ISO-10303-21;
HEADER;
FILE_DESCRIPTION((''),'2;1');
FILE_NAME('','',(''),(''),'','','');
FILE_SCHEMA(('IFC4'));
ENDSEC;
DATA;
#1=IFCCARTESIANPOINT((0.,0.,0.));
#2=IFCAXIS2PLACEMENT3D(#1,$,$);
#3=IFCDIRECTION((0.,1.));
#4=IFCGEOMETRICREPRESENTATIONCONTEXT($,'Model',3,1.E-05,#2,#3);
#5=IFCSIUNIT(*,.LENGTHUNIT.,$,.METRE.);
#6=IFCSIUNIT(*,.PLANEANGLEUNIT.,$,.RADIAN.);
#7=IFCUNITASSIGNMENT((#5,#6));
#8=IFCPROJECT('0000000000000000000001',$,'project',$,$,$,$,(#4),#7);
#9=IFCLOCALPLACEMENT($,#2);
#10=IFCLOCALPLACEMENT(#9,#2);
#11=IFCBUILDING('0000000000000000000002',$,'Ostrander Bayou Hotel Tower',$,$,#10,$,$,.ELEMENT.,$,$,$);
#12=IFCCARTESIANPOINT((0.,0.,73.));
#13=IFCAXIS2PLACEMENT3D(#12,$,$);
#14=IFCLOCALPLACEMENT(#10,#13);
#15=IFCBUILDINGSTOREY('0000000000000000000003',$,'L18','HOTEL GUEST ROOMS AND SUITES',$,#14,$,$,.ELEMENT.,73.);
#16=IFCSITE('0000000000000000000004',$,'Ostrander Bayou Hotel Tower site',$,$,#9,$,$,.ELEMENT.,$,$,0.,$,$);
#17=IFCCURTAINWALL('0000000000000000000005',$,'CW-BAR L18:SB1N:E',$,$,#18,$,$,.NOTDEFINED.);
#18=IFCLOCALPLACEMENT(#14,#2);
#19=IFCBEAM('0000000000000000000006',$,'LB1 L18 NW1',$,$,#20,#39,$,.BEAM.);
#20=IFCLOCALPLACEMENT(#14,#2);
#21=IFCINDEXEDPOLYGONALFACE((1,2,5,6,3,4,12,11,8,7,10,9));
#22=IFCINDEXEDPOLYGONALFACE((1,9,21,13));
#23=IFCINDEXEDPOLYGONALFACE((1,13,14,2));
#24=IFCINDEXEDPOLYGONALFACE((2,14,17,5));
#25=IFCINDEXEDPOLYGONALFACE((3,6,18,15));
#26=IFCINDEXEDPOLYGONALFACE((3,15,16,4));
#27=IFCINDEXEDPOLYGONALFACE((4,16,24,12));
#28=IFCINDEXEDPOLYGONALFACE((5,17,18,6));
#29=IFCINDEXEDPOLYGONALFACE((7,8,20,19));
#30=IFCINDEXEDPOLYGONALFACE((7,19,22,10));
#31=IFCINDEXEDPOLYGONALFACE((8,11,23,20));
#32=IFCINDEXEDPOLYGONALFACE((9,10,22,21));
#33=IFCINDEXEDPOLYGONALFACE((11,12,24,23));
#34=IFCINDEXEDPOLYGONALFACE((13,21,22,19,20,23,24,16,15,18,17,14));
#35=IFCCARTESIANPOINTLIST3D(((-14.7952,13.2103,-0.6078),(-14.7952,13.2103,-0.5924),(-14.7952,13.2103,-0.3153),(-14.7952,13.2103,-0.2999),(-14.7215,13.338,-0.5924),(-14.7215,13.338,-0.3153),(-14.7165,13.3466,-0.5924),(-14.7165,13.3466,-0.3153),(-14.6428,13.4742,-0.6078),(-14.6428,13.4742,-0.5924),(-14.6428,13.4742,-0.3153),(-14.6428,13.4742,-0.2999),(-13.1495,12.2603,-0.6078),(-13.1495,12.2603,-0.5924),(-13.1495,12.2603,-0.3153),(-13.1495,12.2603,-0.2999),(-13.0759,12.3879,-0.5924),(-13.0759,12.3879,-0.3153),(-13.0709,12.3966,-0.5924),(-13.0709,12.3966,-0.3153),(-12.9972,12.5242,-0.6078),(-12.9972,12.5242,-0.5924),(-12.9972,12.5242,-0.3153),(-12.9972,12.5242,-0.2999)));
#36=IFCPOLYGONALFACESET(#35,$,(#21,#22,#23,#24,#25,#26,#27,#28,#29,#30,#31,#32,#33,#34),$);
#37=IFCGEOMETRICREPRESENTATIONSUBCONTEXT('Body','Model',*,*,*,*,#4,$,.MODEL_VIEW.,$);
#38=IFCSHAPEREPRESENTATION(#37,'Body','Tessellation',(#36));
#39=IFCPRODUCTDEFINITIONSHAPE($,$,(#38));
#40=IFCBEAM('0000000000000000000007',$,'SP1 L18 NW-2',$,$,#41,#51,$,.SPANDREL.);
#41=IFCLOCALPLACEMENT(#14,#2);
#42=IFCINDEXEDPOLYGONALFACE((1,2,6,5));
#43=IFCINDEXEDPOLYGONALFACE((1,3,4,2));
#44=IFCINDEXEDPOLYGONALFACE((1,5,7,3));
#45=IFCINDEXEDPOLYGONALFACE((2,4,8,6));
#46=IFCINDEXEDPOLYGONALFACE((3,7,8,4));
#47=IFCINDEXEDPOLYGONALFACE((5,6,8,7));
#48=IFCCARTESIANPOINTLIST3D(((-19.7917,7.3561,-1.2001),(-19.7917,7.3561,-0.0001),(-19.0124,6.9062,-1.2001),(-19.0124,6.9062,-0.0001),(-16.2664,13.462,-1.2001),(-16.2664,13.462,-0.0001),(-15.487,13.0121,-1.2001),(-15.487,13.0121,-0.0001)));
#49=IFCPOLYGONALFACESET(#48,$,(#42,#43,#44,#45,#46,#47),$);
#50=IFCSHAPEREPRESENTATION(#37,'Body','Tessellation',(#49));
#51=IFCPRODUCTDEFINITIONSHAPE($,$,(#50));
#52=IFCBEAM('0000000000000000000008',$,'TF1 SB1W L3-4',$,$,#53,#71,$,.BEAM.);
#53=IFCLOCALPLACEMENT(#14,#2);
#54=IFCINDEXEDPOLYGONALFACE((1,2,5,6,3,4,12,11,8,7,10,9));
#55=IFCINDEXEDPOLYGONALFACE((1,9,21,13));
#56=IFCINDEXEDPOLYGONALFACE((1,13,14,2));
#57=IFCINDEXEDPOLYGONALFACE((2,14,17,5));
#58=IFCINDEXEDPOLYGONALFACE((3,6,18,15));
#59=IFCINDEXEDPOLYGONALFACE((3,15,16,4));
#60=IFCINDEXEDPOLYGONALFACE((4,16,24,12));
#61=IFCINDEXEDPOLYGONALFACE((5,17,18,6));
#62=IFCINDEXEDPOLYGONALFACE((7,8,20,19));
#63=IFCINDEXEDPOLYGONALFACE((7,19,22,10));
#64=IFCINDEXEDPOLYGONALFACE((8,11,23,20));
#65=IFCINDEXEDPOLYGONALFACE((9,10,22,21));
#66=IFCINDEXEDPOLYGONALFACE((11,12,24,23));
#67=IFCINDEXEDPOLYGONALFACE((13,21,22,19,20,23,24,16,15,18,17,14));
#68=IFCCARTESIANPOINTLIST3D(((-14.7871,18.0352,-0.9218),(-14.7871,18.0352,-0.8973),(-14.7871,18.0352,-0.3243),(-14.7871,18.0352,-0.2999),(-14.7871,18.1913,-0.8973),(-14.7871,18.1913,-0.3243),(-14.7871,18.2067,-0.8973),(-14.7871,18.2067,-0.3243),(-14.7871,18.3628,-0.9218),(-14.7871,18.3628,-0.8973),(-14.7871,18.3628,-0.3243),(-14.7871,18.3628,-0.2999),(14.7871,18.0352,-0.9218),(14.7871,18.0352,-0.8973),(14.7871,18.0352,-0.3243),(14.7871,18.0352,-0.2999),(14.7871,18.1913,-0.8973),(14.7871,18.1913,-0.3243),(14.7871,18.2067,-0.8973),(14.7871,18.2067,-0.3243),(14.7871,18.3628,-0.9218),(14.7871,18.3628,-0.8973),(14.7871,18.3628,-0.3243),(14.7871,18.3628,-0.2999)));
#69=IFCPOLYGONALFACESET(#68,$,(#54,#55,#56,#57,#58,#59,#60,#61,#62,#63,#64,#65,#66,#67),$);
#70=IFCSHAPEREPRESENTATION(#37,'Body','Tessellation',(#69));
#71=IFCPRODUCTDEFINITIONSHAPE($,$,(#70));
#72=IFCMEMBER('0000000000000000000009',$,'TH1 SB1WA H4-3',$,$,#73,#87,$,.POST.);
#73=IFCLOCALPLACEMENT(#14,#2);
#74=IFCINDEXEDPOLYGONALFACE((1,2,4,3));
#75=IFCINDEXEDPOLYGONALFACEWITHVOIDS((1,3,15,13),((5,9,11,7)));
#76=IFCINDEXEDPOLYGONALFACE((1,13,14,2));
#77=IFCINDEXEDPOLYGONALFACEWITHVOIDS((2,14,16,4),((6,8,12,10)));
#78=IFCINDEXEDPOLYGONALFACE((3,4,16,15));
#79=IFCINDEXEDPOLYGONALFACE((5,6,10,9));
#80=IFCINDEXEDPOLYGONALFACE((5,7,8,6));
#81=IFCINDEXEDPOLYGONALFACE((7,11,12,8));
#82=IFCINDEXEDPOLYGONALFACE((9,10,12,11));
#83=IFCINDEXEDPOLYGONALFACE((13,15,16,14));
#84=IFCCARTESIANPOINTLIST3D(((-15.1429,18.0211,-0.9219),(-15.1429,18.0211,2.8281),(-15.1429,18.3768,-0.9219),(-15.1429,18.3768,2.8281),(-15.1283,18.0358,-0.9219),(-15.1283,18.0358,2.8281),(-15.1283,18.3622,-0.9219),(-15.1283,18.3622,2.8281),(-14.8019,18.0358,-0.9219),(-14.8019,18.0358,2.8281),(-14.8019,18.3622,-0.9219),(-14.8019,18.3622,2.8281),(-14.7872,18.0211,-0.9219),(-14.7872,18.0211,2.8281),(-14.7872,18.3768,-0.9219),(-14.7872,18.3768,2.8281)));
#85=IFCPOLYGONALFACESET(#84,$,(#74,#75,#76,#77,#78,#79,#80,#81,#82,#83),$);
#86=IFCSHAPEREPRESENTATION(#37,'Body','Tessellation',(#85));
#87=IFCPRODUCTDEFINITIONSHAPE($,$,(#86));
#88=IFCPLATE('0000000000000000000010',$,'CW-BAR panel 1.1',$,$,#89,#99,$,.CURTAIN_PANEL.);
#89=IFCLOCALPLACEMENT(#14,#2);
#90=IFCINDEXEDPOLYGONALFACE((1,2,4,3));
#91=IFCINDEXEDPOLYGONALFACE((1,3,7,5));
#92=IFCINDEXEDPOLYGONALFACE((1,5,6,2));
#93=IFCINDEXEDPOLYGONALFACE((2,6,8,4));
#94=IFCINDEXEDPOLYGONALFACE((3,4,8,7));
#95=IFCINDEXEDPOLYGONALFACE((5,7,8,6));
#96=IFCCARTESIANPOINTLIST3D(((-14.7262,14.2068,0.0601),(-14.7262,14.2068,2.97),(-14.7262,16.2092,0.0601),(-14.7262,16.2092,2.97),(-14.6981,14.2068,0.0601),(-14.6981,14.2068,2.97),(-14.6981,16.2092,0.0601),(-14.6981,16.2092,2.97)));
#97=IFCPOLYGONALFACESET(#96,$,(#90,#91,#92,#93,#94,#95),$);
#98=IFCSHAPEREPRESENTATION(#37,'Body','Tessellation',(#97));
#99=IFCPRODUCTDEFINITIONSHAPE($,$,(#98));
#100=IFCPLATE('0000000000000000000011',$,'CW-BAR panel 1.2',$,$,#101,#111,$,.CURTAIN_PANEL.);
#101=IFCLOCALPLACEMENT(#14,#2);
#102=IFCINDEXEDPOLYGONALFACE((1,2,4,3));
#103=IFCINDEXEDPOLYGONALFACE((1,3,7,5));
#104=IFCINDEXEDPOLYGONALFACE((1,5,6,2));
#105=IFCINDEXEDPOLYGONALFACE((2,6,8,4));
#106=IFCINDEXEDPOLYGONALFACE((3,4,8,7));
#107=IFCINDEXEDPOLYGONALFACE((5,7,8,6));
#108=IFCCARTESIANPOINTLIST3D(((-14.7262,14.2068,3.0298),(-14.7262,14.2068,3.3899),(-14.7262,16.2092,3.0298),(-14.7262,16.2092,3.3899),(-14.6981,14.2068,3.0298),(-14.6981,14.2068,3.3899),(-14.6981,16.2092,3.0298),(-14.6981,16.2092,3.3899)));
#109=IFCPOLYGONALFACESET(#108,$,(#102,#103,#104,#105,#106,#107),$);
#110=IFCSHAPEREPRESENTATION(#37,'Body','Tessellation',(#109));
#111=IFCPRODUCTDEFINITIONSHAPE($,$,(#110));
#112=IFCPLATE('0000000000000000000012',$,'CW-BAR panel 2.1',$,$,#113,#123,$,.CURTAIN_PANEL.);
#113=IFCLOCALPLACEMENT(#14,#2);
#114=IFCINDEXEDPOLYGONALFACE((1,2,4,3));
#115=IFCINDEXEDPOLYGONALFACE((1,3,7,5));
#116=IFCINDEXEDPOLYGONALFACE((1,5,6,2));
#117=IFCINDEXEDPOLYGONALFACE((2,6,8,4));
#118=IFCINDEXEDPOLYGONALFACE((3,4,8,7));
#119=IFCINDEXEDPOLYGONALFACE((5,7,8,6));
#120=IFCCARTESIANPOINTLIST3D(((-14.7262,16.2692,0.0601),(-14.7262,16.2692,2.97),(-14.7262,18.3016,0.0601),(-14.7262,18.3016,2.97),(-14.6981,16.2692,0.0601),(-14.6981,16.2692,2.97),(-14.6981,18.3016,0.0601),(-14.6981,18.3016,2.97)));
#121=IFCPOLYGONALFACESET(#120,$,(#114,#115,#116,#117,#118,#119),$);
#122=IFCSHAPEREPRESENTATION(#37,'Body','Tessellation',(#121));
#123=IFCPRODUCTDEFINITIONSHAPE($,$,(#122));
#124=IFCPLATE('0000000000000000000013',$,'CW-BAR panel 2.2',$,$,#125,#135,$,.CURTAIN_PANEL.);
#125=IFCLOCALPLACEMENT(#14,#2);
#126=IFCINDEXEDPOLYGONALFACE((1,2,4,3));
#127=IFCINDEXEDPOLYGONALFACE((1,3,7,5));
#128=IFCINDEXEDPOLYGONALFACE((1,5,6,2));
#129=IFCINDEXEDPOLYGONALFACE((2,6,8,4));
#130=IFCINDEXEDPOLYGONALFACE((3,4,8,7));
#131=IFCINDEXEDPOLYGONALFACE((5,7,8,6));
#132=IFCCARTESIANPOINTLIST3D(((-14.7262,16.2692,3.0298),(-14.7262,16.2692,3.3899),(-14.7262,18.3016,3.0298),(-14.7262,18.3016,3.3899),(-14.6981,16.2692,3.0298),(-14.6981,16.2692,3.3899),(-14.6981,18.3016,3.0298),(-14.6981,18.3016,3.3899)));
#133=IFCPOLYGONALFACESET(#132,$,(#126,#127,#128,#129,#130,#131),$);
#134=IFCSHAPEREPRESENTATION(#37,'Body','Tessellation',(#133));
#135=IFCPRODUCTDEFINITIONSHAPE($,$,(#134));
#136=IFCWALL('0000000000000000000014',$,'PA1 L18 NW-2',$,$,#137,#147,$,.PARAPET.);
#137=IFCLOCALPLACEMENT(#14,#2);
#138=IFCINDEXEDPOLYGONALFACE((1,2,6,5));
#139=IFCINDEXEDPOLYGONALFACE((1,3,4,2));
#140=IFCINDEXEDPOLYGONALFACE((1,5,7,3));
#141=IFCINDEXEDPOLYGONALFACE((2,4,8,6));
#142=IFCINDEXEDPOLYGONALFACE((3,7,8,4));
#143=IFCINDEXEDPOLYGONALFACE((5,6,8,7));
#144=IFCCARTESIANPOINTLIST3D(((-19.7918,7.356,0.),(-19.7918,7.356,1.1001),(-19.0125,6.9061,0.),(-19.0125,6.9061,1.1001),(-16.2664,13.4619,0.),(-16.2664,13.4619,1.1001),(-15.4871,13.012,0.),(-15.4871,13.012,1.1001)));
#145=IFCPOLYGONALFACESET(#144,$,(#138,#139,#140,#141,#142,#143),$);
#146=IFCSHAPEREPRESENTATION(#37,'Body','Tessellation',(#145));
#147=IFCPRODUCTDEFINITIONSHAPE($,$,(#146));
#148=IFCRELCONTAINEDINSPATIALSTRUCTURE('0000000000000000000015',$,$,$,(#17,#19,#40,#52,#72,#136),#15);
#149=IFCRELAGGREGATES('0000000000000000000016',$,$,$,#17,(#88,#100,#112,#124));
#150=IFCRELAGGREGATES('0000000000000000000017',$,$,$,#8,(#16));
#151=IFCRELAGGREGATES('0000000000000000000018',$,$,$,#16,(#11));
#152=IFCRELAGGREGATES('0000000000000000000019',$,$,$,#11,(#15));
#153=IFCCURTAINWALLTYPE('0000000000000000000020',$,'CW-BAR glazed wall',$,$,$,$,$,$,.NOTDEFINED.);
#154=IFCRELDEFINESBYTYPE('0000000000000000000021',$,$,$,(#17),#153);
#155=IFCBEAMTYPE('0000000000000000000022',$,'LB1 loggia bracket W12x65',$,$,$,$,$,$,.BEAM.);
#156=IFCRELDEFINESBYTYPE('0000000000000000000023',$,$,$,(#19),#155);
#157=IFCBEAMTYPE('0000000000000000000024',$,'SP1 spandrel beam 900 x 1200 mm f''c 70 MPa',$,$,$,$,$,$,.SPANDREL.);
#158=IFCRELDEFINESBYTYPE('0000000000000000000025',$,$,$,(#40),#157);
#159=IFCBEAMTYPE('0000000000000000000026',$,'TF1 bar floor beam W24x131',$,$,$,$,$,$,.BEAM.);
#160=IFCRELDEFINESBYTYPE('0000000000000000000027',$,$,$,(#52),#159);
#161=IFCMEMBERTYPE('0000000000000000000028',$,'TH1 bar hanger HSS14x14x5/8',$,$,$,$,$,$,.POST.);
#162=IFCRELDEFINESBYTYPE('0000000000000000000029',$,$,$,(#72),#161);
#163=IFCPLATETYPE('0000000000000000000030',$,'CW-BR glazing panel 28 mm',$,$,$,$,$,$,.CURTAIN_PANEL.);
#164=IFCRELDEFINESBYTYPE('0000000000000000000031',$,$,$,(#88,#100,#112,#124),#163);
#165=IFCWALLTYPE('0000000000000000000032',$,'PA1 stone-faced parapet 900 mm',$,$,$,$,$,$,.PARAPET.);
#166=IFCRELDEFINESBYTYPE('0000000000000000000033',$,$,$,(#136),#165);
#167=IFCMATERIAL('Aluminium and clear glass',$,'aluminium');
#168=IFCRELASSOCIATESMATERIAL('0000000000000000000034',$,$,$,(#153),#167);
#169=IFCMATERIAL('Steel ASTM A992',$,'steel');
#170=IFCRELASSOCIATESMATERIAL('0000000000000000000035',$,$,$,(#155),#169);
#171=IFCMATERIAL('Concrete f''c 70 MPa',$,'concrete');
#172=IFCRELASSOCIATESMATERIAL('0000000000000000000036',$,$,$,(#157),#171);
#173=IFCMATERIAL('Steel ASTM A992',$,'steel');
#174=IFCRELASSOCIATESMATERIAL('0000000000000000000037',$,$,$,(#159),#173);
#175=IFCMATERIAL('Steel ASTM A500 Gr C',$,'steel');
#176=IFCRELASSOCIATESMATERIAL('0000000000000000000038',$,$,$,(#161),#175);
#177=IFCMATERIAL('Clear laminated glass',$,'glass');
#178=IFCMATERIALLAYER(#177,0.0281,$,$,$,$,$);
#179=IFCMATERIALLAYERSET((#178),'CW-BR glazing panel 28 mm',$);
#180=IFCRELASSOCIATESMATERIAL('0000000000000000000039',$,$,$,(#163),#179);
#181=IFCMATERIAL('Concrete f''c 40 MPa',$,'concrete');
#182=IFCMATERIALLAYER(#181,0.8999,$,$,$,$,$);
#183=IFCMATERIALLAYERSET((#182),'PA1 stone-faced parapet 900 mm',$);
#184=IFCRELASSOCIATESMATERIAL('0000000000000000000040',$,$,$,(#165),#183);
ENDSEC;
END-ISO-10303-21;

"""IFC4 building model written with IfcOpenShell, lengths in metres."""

from ifc_helpers import new_model, si_unit, direction, frame, frame_2d, origin, origin_2d, place, context, subcontext, project, spatial, rectangle, hollow_rectangle, i_section, extrude, material, layer, layer_set, material_profile, profile_set, type_object, element, aggregate, save


model = new_model("IFC4")

# Units and contexts
model_context = context("Model", 3, precision=1e-05, world=origin(), true_north=direction((0.0, 1.0)))
body_context = subcontext(model_context, "Body", "Model", "MODEL_VIEW")
ifc_project = project(units=[si_unit("LENGTHUNIT", "METRE"), si_unit("PLANEANGLEUNIT", "RADIAN")], contexts=[model_context])

# Site, building, storey
site_placement = place(None, origin())
site = spatial("IfcSite", under=ifc_project, at=site_placement, Name="Ostrander Bayou Hotel Tower site", CompositionType="ELEMENT", RefElevation=0.0)
building_placement = place(site_placement, origin())
building = spatial("IfcBuilding", under=site, at=building_placement, Name="Ostrander Bayou Hotel Tower", CompositionType="ELEMENT")
storey_placement = place(building_placement, frame((0.0, 0.0, 73.0)))
storey = spatial("IfcBuildingStorey", under=building, at=storey_placement, Name="L18", Description="HOTEL GUEST ROOMS AND SUITES", CompositionType="ELEMENT", Elevation=73.0)

# Curtain wall
ifc_material_1 = material(Name="Aluminium and clear glass", Category="aluminium")
curtain_wall_type = type_object("IfcCurtainWallType", Name="CW-BAR glazed wall", PredefinedType="NOTDEFINED", material=ifc_material_1)
curtain_wall_placement = place(storey_placement, origin())
curtain_wall = element("IfcCurtainWall", 1, at=curtain_wall_placement, inside=storey, type_object=curtain_wall_type, Name="CW-BAR L18:SB1N:E", PredefinedType="NOTDEFINED")

# Beams
ifc_material_2 = material(Name="Steel ASTM A992", Category="steel")
ifc_material_profile_1 = material_profile(ifc_material_2, i_section(OverallWidth=0.3047, OverallDepth=0.3079, WebThickness=0.01, FlangeThickness=0.0154, at=origin_2d()))
ifc_profile_set_1 = profile_set([ifc_material_profile_1], Name="Steel ASTM A992")
beam_type_1 = type_object("IfcBeamType", Name="LB1 loggia bracket W12x65", PredefinedType="BEAM", material=ifc_profile_set_1)
beam_1_placement = place(storey_placement, frame((-14.719, 13.3423, -0.4539), z_axis=(0.866044, -0.499967, 0.0), x_axis=(0.499967, 0.866044, 0.0)))
element("IfcBeam", 2, at=beam_1_placement, inside=storey, type_object=beam_type_1, Name="LB1 L18 NW1", PredefinedType="BEAM", context=body_context, shape_type="SweptSolid", body=[
    extrude(i_section(OverallWidth=0.3047, OverallDepth=0.3079, WebThickness=0.01, FlangeThickness=0.0154, at=origin_2d()), origin(), (0.0, 0.0, 1.0), 1.9001),
])
ifc_material_3 = material(Name="Concrete f'c 70 MPa", Category="concrete")
ifc_material_profile_2 = material_profile(ifc_material_3, rectangle(XDim=0.8999, YDim=1.2, at=origin_2d()))
ifc_profile_set_2 = profile_set([ifc_material_profile_2], Name="Concrete f'c 70 MPa")
beam_type_2 = type_object("IfcBeamType", Name="SP1 spandrel beam 900 x 1200 mm f'c 70 MPa", PredefinedType="SPANDREL", material=ifc_profile_set_2)
beam_2_placement = place(storey_placement, frame((-15.8767, 13.2371, -0.6001), z_axis=(-0.500012, -0.866018, 0.0), x_axis=(0.866018, -0.500012, 0.0)))
element("IfcBeam", 3, at=beam_2_placement, inside=storey, type_object=beam_type_2, Name="SP1 L18 NW-2", PredefinedType="SPANDREL", context=body_context, shape_type="SweptSolid", body=[
    extrude(rectangle(XDim=0.8999, YDim=1.2, at=origin_2d()), origin(), (0.0, 0.0, 1.0), 7.0505),
])
ifc_material_4 = material(Name="Steel ASTM A992", Category="steel")
ifc_material_profile_3 = material_profile(ifc_material_4, i_section(OverallWidth=0.3276, OverallDepth=0.6218, WebThickness=0.0154, FlangeThickness=0.0244, at=origin_2d()))
ifc_profile_set_3 = profile_set([ifc_material_profile_3], Name="Steel ASTM A992")
beam_type_3 = type_object("IfcBeamType", Name="TF1 bar floor beam W24x131", PredefinedType="BEAM", material=ifc_profile_set_3)
beam_3_placement = place(storey_placement, frame((-14.7871, 18.199, -0.6108), z_axis=(1.0, 0.0, 0.0), x_axis=(0.0, 1.0, 0.0)))
element("IfcBeam", 4, at=beam_3_placement, inside=storey, type_object=beam_type_3, Name="TF1 SB1W L3-4", PredefinedType="BEAM", context=body_context, shape_type="SweptSolid", body=[
    extrude(i_section(OverallWidth=0.3276, OverallDepth=0.6218, WebThickness=0.0154, FlangeThickness=0.0244, at=origin_2d()), origin(), (0.0, 0.0, 1.0), 29.5742),
])

# Member
ifc_material_5 = material(Name="Steel ASTM A500 Gr C", Category="steel")
ifc_material_profile_4 = material_profile(ifc_material_5, hollow_rectangle(XDim=0.3557, YDim=0.3557, WallThickness=0.0146, at=origin_2d()))
ifc_profile_set_4 = profile_set([ifc_material_profile_4], Name="Steel ASTM A500 Gr C")
member_type_1 = type_object("IfcMemberType", Name="TH1 bar hanger HSS14x14x5/8", PredefinedType="POST", material=ifc_profile_set_4)
member_1_placement = place(storey_placement, frame((-14.9651, 18.199, -0.9219), z_axis=(0.0, 0.0, 1.0), x_axis=(1.0, 0.0, 0.0)))
element("IfcMember", 5, at=member_1_placement, inside=storey, type_object=member_type_1, Name="TH1 SB1WA H4-3", PredefinedType="POST", context=body_context, shape_type="SweptSolid", body=[
    extrude(hollow_rectangle(XDim=0.3557, YDim=0.3557, WallThickness=0.0146, at=origin_2d()), origin(), (0.0, 0.0, 1.0), 3.75),
])

# Plates
ifc_material_6 = material(Name="Clear laminated glass", Category="glass")
ifc_layer_1 = layer(ifc_material_6, 0.0281)
ifc_layer_set_1 = layer_set([ifc_layer_1], Name="CW-BR glazing panel 28 mm")
plate_type = type_object("IfcPlateType", Name="CW-BR glazing panel 28 mm", PredefinedType="CURTAIN_PANEL", material=ifc_layer_set_1)
plate_1_placement = place(storey_placement, frame((-14.7122, 15.208, 0.0601), z_axis=(0.0, 0.0, 1.0), x_axis=(0.0, 1.0, 0.0)))
plate_1 = element("IfcPlate", 6, at=plate_1_placement, type_object=plate_type, Name="CW-BAR panel 1.1", PredefinedType="CURTAIN_PANEL", context=body_context, shape_type="SweptSolid", body=[
    extrude(rectangle(XDim=2.0024, YDim=0.0281, at=origin_2d()), origin(), (0.0, 0.0, 1.0), 2.9099),
])
plate_2_placement = place(storey_placement, frame((-14.7122, 15.208, 3.0298), z_axis=(0.0, 0.0, 1.0), x_axis=(0.0, 1.0, 0.0)))
plate_2 = element("IfcPlate", 7, at=plate_2_placement, type_object=plate_type, Name="CW-BAR panel 1.2", PredefinedType="CURTAIN_PANEL", context=body_context, shape_type="SweptSolid", body=[
    extrude(rectangle(XDim=2.0024, YDim=0.0281, at=origin_2d()), origin(), (0.0, 0.0, 1.0), 0.3601),
])
plate_3_placement = place(storey_placement, frame((-14.7122, 17.2854, 0.0601), z_axis=(0.0, 0.0, 1.0), x_axis=(0.0, 1.0, 0.0)))
plate_3 = element("IfcPlate", 8, at=plate_3_placement, type_object=plate_type, Name="CW-BAR panel 2.1", PredefinedType="CURTAIN_PANEL", context=body_context, shape_type="SweptSolid", body=[
    extrude(rectangle(XDim=2.0325, YDim=0.0281, at=origin_2d()), origin(), (0.0, 0.0, 1.0), 2.9099),
])
plate_4_placement = place(storey_placement, frame((-14.7122, 17.2854, 3.0298), z_axis=(0.0, 0.0, 1.0), x_axis=(0.0, 1.0, 0.0)))
plate_4 = element("IfcPlate", 9, at=plate_4_placement, type_object=plate_type, Name="CW-BAR panel 2.2", PredefinedType="CURTAIN_PANEL", context=body_context, shape_type="SweptSolid", body=[
    extrude(rectangle(XDim=2.0325, YDim=0.0281, at=origin_2d()), origin(), (0.0, 0.0, 1.0), 0.3601),
])
aggregate(curtain_wall, [plate_1, plate_2, plate_3, plate_4])

# Wall
ifc_material_7 = material(Name="Concrete f'c 40 MPa", Category="concrete")
ifc_layer_2 = layer(ifc_material_7, 0.8999)
ifc_layer_set_2 = layer_set([ifc_layer_2], Name="PA1 stone-faced parapet 900 mm")
wall_type = type_object("IfcWallType", Name="PA1 stone-faced parapet 900 mm", PredefinedType="PARAPET", material=ifc_layer_set_2)
wall_placement = place(storey_placement, frame((-15.8767, 13.2371, 0.0), z_axis=(0.0, 0.0, 1.0), x_axis=(-0.500012, -0.866018, 0.0)))
element("IfcWall", 10, at=wall_placement, inside=storey, type_object=wall_type, Name="PA1 L18 NW-2", PredefinedType="PARAPET", context=body_context, shape_type="SweptSolid", body=[
    extrude(rectangle(XDim=7.0505, YDim=0.8999, at=frame_2d((3.5254, 0.0))), origin(), (0.0, 0.0, 1.0), 1.1001),
])

save(model, "model.ifc")
